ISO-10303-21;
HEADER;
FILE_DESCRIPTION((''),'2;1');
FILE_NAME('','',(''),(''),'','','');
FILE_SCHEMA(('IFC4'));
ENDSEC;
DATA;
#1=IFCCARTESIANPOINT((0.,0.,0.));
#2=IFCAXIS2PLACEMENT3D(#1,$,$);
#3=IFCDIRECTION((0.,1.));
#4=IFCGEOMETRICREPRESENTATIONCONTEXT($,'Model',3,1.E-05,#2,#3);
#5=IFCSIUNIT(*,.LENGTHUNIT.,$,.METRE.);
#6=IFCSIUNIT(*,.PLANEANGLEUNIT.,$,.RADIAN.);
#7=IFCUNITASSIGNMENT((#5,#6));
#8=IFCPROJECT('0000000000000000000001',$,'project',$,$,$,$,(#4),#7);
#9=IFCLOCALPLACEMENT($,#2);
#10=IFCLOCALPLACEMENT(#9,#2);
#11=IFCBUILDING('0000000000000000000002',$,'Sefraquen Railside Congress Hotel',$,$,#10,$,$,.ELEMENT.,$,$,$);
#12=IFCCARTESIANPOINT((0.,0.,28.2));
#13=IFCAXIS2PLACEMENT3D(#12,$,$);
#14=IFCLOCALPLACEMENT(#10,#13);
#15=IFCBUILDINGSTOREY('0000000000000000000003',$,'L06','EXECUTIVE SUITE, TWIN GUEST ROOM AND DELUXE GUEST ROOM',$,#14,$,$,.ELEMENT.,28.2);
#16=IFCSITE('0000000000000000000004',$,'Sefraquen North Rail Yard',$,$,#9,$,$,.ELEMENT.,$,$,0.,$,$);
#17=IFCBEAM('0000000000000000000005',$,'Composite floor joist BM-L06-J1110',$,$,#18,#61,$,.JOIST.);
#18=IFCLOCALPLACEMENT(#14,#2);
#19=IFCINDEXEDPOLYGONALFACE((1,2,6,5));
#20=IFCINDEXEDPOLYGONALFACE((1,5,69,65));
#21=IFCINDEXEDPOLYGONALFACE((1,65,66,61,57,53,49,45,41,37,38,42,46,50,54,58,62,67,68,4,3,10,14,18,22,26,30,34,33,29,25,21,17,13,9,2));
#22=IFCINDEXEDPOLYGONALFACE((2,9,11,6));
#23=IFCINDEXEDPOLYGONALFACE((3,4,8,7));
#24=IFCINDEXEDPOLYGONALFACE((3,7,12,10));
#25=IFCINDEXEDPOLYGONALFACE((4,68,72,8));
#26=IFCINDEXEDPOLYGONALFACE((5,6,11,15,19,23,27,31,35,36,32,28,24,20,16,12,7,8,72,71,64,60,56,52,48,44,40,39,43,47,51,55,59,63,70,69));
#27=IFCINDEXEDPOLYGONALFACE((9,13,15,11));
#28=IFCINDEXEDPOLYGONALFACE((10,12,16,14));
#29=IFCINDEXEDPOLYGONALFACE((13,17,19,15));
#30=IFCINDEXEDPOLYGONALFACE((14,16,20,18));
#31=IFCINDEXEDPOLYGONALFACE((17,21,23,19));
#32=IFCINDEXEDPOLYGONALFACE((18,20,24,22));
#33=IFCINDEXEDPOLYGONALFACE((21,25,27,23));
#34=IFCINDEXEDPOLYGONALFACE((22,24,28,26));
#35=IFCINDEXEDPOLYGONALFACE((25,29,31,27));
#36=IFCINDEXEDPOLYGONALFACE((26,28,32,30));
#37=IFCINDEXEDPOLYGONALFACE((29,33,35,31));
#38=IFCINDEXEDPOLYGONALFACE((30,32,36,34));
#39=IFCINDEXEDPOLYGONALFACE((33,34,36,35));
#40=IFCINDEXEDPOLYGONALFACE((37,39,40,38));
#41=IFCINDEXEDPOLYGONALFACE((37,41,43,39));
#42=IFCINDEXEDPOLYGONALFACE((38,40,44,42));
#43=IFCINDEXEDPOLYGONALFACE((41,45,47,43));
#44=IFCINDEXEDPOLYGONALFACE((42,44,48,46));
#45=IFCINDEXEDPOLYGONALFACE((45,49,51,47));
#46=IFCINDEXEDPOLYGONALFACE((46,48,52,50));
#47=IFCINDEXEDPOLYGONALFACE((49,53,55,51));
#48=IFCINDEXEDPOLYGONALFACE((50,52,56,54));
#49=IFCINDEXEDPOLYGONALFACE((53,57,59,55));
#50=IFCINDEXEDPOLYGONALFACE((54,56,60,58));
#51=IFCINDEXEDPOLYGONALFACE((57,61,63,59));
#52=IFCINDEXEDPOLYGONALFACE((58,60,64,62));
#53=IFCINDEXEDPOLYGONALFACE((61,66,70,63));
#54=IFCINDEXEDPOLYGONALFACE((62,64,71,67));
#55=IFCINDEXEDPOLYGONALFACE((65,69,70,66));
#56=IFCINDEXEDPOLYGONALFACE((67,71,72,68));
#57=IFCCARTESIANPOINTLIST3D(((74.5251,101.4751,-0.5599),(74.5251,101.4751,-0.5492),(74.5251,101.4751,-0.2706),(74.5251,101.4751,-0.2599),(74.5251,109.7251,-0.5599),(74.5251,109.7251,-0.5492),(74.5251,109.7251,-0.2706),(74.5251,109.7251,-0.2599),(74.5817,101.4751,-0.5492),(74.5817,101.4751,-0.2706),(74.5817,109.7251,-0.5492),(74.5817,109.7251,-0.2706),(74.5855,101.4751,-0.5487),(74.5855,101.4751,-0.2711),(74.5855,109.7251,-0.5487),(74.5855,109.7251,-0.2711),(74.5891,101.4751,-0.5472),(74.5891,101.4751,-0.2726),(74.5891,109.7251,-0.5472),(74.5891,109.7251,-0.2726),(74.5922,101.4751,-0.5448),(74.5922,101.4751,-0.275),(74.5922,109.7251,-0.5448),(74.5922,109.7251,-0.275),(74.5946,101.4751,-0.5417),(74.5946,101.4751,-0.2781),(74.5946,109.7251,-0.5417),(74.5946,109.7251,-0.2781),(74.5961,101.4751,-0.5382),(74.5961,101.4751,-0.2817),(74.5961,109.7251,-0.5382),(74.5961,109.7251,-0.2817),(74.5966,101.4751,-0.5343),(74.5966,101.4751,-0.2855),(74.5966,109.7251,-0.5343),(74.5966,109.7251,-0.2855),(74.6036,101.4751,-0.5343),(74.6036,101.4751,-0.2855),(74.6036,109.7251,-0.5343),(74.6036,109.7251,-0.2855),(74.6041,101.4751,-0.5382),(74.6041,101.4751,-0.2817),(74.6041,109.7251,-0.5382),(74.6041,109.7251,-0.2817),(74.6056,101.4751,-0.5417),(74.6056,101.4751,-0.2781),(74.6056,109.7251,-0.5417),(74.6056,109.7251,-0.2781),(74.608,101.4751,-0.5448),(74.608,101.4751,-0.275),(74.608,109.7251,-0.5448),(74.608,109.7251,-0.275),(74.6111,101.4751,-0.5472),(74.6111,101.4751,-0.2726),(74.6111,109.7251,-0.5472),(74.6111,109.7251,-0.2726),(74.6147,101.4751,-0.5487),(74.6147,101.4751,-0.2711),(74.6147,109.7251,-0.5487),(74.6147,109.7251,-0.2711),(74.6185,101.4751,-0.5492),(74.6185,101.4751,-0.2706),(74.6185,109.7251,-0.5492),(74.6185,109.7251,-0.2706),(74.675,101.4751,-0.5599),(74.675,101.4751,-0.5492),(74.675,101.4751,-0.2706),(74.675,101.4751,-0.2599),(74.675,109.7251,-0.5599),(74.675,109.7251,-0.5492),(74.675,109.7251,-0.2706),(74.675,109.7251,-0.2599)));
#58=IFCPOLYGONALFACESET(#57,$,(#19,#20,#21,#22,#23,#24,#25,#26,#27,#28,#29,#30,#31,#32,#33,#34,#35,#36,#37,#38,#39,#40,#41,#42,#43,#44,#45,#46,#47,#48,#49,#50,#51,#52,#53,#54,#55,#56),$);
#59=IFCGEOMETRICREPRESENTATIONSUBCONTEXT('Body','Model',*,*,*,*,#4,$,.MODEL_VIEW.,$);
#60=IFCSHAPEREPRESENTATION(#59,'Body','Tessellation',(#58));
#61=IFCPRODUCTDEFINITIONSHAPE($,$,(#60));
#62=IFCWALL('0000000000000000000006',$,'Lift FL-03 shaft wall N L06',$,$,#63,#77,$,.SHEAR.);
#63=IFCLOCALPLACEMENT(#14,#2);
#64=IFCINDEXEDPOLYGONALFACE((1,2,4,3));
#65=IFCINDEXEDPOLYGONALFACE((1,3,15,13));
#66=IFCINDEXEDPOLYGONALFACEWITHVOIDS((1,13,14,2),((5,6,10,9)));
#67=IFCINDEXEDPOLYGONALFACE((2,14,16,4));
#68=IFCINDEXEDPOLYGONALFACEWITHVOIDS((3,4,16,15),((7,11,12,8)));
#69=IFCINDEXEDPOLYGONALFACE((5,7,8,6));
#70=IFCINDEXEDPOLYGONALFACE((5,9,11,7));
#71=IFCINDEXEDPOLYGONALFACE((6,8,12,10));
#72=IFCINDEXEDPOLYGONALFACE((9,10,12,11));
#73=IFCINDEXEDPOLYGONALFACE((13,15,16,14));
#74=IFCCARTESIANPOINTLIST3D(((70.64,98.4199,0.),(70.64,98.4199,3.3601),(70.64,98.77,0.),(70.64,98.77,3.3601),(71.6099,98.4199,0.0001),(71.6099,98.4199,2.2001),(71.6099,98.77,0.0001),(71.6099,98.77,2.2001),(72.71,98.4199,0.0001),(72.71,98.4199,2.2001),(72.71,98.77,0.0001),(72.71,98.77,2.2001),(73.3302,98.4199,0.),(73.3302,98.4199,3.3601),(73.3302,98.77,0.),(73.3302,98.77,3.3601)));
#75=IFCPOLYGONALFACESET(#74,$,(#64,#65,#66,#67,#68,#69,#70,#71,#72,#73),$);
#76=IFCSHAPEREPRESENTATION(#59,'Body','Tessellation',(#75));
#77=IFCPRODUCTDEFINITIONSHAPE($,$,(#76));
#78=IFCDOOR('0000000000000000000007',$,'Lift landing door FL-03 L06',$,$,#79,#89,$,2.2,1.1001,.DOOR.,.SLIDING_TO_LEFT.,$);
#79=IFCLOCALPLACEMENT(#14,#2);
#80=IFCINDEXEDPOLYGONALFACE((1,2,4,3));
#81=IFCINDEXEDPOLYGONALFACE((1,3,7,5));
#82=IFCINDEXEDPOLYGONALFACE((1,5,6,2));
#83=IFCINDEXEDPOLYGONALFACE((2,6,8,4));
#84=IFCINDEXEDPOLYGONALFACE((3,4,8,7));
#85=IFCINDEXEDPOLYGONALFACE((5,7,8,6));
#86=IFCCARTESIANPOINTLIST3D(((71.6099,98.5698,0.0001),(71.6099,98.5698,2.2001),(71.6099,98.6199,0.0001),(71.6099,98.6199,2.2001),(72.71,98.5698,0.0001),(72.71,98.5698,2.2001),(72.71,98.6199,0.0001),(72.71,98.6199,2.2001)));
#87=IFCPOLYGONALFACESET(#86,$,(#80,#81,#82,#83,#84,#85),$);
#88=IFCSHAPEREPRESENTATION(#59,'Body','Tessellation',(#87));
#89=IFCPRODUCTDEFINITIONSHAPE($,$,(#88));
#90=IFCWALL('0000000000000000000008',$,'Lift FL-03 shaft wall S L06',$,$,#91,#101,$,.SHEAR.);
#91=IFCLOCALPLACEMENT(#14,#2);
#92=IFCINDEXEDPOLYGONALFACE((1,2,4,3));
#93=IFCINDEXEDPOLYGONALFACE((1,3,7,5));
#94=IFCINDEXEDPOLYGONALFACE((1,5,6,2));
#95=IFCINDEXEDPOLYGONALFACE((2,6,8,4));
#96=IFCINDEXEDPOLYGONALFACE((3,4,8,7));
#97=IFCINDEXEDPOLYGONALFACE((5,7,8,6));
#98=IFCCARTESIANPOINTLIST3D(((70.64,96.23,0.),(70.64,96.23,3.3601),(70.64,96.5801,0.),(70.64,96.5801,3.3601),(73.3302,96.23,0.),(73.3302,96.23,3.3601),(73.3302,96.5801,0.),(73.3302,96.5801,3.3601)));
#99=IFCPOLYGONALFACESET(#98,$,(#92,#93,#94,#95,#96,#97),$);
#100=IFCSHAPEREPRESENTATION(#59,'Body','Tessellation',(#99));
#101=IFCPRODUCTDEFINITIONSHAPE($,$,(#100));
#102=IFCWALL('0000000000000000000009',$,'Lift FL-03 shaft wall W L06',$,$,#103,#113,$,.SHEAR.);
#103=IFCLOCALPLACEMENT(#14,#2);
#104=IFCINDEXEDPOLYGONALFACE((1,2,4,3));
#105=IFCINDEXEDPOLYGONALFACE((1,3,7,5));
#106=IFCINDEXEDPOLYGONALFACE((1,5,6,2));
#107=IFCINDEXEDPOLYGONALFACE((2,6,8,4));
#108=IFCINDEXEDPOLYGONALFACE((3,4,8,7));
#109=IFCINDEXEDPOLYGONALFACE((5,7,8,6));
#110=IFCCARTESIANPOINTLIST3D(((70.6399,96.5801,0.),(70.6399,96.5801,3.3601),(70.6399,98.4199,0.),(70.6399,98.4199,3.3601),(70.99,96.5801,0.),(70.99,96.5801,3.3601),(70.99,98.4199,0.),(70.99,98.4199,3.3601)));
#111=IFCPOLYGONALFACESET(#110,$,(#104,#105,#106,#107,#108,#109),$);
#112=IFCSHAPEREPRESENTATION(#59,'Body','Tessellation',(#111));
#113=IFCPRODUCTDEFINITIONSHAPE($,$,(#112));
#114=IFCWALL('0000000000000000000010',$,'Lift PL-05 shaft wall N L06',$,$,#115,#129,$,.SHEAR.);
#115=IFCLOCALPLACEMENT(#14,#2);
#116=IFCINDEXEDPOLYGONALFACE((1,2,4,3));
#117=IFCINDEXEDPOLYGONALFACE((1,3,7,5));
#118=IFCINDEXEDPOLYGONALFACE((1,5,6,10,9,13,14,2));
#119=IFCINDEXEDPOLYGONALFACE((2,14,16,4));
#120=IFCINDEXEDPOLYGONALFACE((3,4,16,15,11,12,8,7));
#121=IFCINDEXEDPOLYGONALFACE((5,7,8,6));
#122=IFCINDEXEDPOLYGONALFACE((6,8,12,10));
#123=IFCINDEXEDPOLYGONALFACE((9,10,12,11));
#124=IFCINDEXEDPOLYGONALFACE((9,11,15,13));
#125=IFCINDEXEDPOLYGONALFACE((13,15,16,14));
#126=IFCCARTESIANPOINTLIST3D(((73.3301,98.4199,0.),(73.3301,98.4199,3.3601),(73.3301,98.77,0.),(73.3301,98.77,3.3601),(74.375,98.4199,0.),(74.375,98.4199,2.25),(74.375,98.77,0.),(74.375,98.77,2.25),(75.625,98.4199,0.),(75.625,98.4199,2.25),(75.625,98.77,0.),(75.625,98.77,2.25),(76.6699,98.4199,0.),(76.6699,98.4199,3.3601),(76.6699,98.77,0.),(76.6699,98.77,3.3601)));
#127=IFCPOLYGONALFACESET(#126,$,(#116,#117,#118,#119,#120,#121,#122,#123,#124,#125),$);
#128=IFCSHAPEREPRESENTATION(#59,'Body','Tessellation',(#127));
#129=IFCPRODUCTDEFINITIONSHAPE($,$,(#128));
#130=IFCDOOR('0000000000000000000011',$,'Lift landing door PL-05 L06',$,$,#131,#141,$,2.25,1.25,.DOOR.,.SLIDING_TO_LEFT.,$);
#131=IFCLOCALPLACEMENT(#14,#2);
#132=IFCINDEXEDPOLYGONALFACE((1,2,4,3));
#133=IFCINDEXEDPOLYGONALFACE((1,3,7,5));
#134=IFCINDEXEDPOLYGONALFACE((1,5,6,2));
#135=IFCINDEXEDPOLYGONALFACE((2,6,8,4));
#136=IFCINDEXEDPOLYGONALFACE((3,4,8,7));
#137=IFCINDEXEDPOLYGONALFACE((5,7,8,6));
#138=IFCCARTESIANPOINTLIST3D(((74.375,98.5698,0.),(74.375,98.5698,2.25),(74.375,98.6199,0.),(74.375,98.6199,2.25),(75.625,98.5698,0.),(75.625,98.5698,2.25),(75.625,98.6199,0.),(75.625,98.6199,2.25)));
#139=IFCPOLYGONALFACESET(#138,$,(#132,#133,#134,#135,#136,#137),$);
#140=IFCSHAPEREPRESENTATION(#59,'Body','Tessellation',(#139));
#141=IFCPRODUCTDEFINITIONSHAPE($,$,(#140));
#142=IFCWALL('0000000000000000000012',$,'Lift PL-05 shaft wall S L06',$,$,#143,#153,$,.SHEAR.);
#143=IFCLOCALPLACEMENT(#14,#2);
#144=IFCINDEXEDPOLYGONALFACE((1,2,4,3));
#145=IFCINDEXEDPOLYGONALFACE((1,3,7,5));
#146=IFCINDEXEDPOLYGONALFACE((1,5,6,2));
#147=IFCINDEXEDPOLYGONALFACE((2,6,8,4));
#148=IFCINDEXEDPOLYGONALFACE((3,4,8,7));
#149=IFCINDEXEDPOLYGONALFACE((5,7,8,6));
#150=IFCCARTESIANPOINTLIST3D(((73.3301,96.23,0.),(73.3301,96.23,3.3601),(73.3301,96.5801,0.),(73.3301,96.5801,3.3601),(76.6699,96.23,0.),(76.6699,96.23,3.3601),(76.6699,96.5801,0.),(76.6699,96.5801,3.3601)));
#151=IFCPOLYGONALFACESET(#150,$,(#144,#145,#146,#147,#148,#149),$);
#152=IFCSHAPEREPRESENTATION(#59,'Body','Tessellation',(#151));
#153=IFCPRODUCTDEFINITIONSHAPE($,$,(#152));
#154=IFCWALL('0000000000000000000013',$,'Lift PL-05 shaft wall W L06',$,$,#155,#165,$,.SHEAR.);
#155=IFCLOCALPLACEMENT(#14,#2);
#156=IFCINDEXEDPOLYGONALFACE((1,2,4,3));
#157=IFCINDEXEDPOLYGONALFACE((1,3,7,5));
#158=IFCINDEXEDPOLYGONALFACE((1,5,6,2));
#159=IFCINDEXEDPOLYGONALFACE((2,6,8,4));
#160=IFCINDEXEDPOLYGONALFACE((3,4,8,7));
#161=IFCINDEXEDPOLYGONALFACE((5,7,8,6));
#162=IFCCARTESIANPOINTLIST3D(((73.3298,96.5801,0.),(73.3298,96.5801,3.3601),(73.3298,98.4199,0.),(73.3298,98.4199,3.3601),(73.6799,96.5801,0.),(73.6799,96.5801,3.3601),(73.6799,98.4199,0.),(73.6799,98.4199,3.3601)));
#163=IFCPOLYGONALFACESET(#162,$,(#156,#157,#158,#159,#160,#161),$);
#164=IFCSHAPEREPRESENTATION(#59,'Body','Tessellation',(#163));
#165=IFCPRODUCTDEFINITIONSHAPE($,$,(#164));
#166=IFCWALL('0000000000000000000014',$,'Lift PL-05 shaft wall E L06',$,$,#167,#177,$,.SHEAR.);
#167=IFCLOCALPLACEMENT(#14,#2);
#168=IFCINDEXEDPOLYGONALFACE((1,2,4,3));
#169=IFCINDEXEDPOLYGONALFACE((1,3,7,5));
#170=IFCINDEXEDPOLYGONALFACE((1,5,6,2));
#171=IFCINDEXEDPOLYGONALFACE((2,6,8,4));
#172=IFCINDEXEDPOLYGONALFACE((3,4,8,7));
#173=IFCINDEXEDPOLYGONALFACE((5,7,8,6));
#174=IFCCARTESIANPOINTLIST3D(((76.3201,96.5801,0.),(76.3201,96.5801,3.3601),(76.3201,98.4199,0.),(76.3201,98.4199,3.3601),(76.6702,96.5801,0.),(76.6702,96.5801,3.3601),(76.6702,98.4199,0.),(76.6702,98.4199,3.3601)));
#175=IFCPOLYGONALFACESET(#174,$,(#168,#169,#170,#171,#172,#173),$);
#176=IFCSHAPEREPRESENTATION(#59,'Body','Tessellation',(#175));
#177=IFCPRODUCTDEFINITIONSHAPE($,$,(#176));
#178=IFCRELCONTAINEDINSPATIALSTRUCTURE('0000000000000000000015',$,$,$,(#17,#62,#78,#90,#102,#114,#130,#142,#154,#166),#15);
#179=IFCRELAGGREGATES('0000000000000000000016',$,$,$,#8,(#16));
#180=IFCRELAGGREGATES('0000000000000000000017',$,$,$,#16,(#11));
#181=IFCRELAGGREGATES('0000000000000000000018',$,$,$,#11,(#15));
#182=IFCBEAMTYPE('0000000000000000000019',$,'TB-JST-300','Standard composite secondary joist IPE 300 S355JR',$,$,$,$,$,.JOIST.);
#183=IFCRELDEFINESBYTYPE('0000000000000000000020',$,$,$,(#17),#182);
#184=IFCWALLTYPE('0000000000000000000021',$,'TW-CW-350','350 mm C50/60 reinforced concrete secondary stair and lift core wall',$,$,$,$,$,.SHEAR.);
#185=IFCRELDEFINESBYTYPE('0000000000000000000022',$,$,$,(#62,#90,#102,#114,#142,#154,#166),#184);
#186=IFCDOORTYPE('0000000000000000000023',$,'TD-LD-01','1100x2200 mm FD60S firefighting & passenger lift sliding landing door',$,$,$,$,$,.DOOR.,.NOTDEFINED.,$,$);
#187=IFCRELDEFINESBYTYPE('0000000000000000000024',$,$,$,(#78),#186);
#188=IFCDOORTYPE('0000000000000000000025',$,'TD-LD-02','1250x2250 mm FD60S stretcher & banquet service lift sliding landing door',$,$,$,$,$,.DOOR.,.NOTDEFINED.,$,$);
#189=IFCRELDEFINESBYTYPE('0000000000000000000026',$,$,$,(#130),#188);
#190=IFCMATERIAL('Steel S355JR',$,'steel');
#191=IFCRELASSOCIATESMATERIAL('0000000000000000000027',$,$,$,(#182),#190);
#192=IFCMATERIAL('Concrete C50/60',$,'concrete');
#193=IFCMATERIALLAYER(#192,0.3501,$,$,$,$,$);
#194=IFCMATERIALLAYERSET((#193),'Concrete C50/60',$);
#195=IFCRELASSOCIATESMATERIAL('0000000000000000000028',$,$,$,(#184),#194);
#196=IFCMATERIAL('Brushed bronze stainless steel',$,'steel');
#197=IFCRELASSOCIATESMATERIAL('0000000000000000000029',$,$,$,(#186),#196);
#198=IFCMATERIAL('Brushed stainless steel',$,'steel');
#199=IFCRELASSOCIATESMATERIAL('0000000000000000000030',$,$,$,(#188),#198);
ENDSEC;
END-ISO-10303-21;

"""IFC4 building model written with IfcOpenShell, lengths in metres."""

from ifc_helpers import new_model, si_unit, direction, frame, frame_2d, origin, origin_2d, place, context, subcontext, project, spatial, rectangle, i_section, extrude, material, layer, layer_set, material_profile, profile_set, type_object, element, fill, save


model = new_model("IFC4")

# Units and contexts
model_context = context("Model", 3, precision=1e-05, world=origin(), true_north=direction((0.0, 1.0)))
body_context = subcontext(model_context, "Body", "Model", "MODEL_VIEW")
ifc_project = project(units=[si_unit("LENGTHUNIT", "METRE"), si_unit("PLANEANGLEUNIT", "RADIAN")], contexts=[model_context])

# Site, building, storey
site_placement = place(None, origin())
site = spatial("IfcSite", under=ifc_project, at=site_placement, Name="Sefraquen North Rail Yard", CompositionType="ELEMENT", RefElevation=0.0)
building_placement = place(site_placement, origin())
building = spatial("IfcBuilding", under=site, at=building_placement, Name="Sefraquen Railside Congress Hotel", CompositionType="ELEMENT")
storey_placement = place(building_placement, frame((0.0, 0.0, 28.2)))
storey = spatial("IfcBuildingStorey", under=building, at=storey_placement, Name="L06", Description="EXECUTIVE SUITE, TWIN GUEST ROOM AND DELUXE GUEST ROOM", CompositionType="ELEMENT", Elevation=28.2)

# Shared definitions
ifc_material_1 = material(Name="Steel S355JR", Category="steel")

# Beam
ifc_material_profile_1 = material_profile(ifc_material_1, i_section(OverallWidth=0.1499, OverallDepth=0.3, WebThickness=0.0071, FlangeThickness=0.0107, FilletRadius=0.0149, at=origin_2d()), Name="IPE 300")
ifc_profile_set_1 = profile_set([ifc_material_profile_1], Name="Steel S355JR")
beam_type_1 = type_object("IfcBeamType", Name="TB-JST-300", Description="Standard composite secondary joist IPE 300 S355JR", PredefinedType="JOIST", material=ifc_profile_set_1)
beam_1_placement = place(storey_placement, frame((74.6001, 101.4751, -0.4099), z_axis=(0.0, 1.0, 0.0), x_axis=(-1.0, 0.0, 0.0)))
element("IfcBeam", 1, at=beam_1_placement, inside=storey, type_object=beam_type_1, Name="Composite floor joist BM-L06-J1110", PredefinedType="JOIST", context=body_context, shape_type="SweptSolid", body=[
    extrude(i_section(OverallWidth=0.1499, OverallDepth=0.3, WebThickness=0.0071, FlangeThickness=0.0107, FilletRadius=0.0149, at=origin_2d()), origin(), (0.0, 0.0, 1.0), 8.25),
])

# Wall, opening, door
ifc_material_2 = material(Name="Concrete C50/60", Category="concrete")
ifc_layer_1 = layer(ifc_material_2, 0.3501)
ifc_layer_set_1 = layer_set([ifc_layer_1], Name="Concrete C50/60")
wall_type_1 = type_object("IfcWallType", Name="TW-CW-350", Description="350 mm C50/60 reinforced concrete secondary stair and lift core wall", PredefinedType="SHEAR", material=ifc_layer_set_1)
wall_1_placement = place(storey_placement, frame((70.6399, 98.595, 0.0), z_axis=(0.0, 0.0, 1.0), x_axis=(1.0, 0.0, 0.0)))
wall_1 = element("IfcWall", 2, at=wall_1_placement, inside=storey, type_object=wall_type_1, Name="Lift FL-03 shaft wall N L06", PredefinedType="SHEAR", context=body_context, shape_type="SweptSolid", body=[
    extrude(rectangle(XDim=2.6902, YDim=0.3501, at=frame_2d((1.3452, 0.0))), origin(), (0.0, 0.0, 1.0), 3.3601),
])
opening_1_placement = place(wall_1_placement, frame((0.97, 0.0, 0.0)))
opening_1 = element("IfcOpeningElement", 3, at=opening_1_placement, cuts=wall_1, PredefinedType="OPENING", context=body_context, shape_type="SweptSolid", body=[
    extrude(rectangle(XDim=1.1001, YDim=2.2, at=frame_2d((0.55, 1.1001))), frame((0.0, 0.1851, 0.0), z_axis=(0.0, -1.0, 0.0), x_axis=(1.0, 0.0, 0.0)), (0.0, 0.0, 1.0), 0.3701),
])
ifc_material_3 = material(Name="Brushed bronze stainless steel", Category="steel")
door_type_1 = type_object("IfcDoorType", Name="TD-LD-01", Description="1100x2200 mm FD60S firefighting & passenger lift sliding landing door", OperationType="NOTDEFINED", PredefinedType="DOOR", material=ifc_material_3)
door_1_placement = place(opening_1_placement, origin())
door_1 = element("IfcDoor", 4, at=door_1_placement, inside=storey, type_object=door_type_1, Name="Lift landing door FL-03 L06", OperationType="SLIDING_TO_LEFT", OverallHeight=2.2, OverallWidth=1.1001, PredefinedType="DOOR", context=body_context, shape_type="SweptSolid", body=[
    extrude(rectangle(XDim=1.1001, YDim=2.2, at=frame_2d((0.55, 1.1001))), frame((0.0, 0.0249, 0.0), z_axis=(0.0, -1.0, 0.0), x_axis=(1.0, 0.0, 0.0)), (0.0, 0.0, 1.0), 0.05),
])
fill(opening_1, door_1)

# Walls
wall_2_placement = place(storey_placement, frame((70.6399, 96.405, 0.0), z_axis=(0.0, 0.0, 1.0), x_axis=(1.0, 0.0, 0.0)))
element("IfcWall", 5, at=wall_2_placement, inside=storey, type_object=wall_type_1, Name="Lift FL-03 shaft wall S L06", PredefinedType="SHEAR", context=body_context, shape_type="SweptSolid", body=[
    extrude(rectangle(XDim=2.6902, YDim=0.3501, at=frame_2d((1.3452, 0.0))), origin(), (0.0, 0.0, 1.0), 3.3601),
])
wall_3_placement = place(storey_placement, frame((70.8149, 96.5801, 0.0), z_axis=(0.0, 0.0, 1.0), x_axis=(0.0, 1.0, 0.0)))
element("IfcWall", 6, at=wall_3_placement, inside=storey, type_object=wall_type_1, Name="Lift FL-03 shaft wall W L06", PredefinedType="SHEAR", context=body_context, shape_type="SweptSolid", body=[
    extrude(rectangle(XDim=1.8398, YDim=0.3501, at=frame_2d((0.9199, 0.0))), origin(), (0.0, 0.0, 1.0), 3.3601),
])

# Wall, opening, door
wall_4_placement = place(storey_placement, frame((73.3301, 98.595, 0.0), z_axis=(0.0, 0.0, 1.0), x_axis=(1.0, 0.0, 0.0)))
wall_4 = element("IfcWall", 7, at=wall_4_placement, inside=storey, type_object=wall_type_1, Name="Lift PL-05 shaft wall N L06", PredefinedType="SHEAR", context=body_context, shape_type="SweptSolid", body=[
    extrude(rectangle(XDim=3.3398, YDim=0.3501, at=frame_2d((1.6699, 0.0))), origin(), (0.0, 0.0, 1.0), 3.3601),
])
opening_2_placement = place(wall_4_placement, frame((1.0449, 0.0, 0.0)))
opening_2 = element("IfcOpeningElement", 8, at=opening_2_placement, cuts=wall_4, PredefinedType="OPENING", context=body_context, shape_type="SweptSolid", body=[
    extrude(rectangle(XDim=1.25, YDim=2.25, at=frame_2d((0.625, 1.125))), frame((0.0, 0.1851, 0.0), z_axis=(0.0, -1.0, 0.0), x_axis=(1.0, 0.0, 0.0)), (0.0, 0.0, 1.0), 0.3701),
])
ifc_material_4 = material(Name="Brushed stainless steel", Category="steel")
door_type_2 = type_object("IfcDoorType", Name="TD-LD-02", Description="1250x2250 mm FD60S stretcher & banquet service lift sliding landing door", OperationType="NOTDEFINED", PredefinedType="DOOR", material=ifc_material_4)
door_2_placement = place(opening_2_placement, origin())
door_2 = element("IfcDoor", 9, at=door_2_placement, inside=storey, type_object=door_type_2, Name="Lift landing door PL-05 L06", OperationType="SLIDING_TO_LEFT", OverallHeight=2.25, OverallWidth=1.25, PredefinedType="DOOR", context=body_context, shape_type="SweptSolid", body=[
    extrude(rectangle(XDim=1.25, YDim=2.25, at=frame_2d((0.625, 1.125))), frame((0.0, 0.0249, 0.0), z_axis=(0.0, -1.0, 0.0), x_axis=(1.0, 0.0, 0.0)), (0.0, 0.0, 1.0), 0.05),
])
fill(opening_2, door_2)

# Walls
wall_5_placement = place(storey_placement, frame((73.3301, 96.405, 0.0), z_axis=(0.0, 0.0, 1.0), x_axis=(1.0, 0.0, 0.0)))
element("IfcWall", 10, at=wall_5_placement, inside=storey, type_object=wall_type_1, Name="Lift PL-05 shaft wall S L06", PredefinedType="SHEAR", context=body_context, shape_type="SweptSolid", body=[
    extrude(rectangle(XDim=3.3398, YDim=0.3501, at=frame_2d((1.6699, 0.0))), origin(), (0.0, 0.0, 1.0), 3.3601),
])
for number, where, z_axis, x_axis, name in (
    (11, (73.5049, 96.5801, 0.0), (0.0, 0.0, 1.0), (0.0, 1.0, 0.0), "Lift PL-05 shaft wall W L06"),
    (12, (76.4951, 96.5801, 0.0), (0.0, 0.0, 1.0), (0.0, 1.0, 0.0), "Lift PL-05 shaft wall E L06"),
):
    element("IfcWall", number, at=place(storey_placement, frame(where, z_axis=z_axis, x_axis=x_axis)), inside=storey, type_object=wall_type_1, Name=name, PredefinedType="SHEAR", context=body_context, shape_type="SweptSolid", body=[
        extrude(rectangle(XDim=1.8398, YDim=0.3501, at=frame_2d((0.9199, 0.0))), origin(), (0.0, 0.0, 1.0), 3.3601),
    ])

save(model, "model.ifc")
